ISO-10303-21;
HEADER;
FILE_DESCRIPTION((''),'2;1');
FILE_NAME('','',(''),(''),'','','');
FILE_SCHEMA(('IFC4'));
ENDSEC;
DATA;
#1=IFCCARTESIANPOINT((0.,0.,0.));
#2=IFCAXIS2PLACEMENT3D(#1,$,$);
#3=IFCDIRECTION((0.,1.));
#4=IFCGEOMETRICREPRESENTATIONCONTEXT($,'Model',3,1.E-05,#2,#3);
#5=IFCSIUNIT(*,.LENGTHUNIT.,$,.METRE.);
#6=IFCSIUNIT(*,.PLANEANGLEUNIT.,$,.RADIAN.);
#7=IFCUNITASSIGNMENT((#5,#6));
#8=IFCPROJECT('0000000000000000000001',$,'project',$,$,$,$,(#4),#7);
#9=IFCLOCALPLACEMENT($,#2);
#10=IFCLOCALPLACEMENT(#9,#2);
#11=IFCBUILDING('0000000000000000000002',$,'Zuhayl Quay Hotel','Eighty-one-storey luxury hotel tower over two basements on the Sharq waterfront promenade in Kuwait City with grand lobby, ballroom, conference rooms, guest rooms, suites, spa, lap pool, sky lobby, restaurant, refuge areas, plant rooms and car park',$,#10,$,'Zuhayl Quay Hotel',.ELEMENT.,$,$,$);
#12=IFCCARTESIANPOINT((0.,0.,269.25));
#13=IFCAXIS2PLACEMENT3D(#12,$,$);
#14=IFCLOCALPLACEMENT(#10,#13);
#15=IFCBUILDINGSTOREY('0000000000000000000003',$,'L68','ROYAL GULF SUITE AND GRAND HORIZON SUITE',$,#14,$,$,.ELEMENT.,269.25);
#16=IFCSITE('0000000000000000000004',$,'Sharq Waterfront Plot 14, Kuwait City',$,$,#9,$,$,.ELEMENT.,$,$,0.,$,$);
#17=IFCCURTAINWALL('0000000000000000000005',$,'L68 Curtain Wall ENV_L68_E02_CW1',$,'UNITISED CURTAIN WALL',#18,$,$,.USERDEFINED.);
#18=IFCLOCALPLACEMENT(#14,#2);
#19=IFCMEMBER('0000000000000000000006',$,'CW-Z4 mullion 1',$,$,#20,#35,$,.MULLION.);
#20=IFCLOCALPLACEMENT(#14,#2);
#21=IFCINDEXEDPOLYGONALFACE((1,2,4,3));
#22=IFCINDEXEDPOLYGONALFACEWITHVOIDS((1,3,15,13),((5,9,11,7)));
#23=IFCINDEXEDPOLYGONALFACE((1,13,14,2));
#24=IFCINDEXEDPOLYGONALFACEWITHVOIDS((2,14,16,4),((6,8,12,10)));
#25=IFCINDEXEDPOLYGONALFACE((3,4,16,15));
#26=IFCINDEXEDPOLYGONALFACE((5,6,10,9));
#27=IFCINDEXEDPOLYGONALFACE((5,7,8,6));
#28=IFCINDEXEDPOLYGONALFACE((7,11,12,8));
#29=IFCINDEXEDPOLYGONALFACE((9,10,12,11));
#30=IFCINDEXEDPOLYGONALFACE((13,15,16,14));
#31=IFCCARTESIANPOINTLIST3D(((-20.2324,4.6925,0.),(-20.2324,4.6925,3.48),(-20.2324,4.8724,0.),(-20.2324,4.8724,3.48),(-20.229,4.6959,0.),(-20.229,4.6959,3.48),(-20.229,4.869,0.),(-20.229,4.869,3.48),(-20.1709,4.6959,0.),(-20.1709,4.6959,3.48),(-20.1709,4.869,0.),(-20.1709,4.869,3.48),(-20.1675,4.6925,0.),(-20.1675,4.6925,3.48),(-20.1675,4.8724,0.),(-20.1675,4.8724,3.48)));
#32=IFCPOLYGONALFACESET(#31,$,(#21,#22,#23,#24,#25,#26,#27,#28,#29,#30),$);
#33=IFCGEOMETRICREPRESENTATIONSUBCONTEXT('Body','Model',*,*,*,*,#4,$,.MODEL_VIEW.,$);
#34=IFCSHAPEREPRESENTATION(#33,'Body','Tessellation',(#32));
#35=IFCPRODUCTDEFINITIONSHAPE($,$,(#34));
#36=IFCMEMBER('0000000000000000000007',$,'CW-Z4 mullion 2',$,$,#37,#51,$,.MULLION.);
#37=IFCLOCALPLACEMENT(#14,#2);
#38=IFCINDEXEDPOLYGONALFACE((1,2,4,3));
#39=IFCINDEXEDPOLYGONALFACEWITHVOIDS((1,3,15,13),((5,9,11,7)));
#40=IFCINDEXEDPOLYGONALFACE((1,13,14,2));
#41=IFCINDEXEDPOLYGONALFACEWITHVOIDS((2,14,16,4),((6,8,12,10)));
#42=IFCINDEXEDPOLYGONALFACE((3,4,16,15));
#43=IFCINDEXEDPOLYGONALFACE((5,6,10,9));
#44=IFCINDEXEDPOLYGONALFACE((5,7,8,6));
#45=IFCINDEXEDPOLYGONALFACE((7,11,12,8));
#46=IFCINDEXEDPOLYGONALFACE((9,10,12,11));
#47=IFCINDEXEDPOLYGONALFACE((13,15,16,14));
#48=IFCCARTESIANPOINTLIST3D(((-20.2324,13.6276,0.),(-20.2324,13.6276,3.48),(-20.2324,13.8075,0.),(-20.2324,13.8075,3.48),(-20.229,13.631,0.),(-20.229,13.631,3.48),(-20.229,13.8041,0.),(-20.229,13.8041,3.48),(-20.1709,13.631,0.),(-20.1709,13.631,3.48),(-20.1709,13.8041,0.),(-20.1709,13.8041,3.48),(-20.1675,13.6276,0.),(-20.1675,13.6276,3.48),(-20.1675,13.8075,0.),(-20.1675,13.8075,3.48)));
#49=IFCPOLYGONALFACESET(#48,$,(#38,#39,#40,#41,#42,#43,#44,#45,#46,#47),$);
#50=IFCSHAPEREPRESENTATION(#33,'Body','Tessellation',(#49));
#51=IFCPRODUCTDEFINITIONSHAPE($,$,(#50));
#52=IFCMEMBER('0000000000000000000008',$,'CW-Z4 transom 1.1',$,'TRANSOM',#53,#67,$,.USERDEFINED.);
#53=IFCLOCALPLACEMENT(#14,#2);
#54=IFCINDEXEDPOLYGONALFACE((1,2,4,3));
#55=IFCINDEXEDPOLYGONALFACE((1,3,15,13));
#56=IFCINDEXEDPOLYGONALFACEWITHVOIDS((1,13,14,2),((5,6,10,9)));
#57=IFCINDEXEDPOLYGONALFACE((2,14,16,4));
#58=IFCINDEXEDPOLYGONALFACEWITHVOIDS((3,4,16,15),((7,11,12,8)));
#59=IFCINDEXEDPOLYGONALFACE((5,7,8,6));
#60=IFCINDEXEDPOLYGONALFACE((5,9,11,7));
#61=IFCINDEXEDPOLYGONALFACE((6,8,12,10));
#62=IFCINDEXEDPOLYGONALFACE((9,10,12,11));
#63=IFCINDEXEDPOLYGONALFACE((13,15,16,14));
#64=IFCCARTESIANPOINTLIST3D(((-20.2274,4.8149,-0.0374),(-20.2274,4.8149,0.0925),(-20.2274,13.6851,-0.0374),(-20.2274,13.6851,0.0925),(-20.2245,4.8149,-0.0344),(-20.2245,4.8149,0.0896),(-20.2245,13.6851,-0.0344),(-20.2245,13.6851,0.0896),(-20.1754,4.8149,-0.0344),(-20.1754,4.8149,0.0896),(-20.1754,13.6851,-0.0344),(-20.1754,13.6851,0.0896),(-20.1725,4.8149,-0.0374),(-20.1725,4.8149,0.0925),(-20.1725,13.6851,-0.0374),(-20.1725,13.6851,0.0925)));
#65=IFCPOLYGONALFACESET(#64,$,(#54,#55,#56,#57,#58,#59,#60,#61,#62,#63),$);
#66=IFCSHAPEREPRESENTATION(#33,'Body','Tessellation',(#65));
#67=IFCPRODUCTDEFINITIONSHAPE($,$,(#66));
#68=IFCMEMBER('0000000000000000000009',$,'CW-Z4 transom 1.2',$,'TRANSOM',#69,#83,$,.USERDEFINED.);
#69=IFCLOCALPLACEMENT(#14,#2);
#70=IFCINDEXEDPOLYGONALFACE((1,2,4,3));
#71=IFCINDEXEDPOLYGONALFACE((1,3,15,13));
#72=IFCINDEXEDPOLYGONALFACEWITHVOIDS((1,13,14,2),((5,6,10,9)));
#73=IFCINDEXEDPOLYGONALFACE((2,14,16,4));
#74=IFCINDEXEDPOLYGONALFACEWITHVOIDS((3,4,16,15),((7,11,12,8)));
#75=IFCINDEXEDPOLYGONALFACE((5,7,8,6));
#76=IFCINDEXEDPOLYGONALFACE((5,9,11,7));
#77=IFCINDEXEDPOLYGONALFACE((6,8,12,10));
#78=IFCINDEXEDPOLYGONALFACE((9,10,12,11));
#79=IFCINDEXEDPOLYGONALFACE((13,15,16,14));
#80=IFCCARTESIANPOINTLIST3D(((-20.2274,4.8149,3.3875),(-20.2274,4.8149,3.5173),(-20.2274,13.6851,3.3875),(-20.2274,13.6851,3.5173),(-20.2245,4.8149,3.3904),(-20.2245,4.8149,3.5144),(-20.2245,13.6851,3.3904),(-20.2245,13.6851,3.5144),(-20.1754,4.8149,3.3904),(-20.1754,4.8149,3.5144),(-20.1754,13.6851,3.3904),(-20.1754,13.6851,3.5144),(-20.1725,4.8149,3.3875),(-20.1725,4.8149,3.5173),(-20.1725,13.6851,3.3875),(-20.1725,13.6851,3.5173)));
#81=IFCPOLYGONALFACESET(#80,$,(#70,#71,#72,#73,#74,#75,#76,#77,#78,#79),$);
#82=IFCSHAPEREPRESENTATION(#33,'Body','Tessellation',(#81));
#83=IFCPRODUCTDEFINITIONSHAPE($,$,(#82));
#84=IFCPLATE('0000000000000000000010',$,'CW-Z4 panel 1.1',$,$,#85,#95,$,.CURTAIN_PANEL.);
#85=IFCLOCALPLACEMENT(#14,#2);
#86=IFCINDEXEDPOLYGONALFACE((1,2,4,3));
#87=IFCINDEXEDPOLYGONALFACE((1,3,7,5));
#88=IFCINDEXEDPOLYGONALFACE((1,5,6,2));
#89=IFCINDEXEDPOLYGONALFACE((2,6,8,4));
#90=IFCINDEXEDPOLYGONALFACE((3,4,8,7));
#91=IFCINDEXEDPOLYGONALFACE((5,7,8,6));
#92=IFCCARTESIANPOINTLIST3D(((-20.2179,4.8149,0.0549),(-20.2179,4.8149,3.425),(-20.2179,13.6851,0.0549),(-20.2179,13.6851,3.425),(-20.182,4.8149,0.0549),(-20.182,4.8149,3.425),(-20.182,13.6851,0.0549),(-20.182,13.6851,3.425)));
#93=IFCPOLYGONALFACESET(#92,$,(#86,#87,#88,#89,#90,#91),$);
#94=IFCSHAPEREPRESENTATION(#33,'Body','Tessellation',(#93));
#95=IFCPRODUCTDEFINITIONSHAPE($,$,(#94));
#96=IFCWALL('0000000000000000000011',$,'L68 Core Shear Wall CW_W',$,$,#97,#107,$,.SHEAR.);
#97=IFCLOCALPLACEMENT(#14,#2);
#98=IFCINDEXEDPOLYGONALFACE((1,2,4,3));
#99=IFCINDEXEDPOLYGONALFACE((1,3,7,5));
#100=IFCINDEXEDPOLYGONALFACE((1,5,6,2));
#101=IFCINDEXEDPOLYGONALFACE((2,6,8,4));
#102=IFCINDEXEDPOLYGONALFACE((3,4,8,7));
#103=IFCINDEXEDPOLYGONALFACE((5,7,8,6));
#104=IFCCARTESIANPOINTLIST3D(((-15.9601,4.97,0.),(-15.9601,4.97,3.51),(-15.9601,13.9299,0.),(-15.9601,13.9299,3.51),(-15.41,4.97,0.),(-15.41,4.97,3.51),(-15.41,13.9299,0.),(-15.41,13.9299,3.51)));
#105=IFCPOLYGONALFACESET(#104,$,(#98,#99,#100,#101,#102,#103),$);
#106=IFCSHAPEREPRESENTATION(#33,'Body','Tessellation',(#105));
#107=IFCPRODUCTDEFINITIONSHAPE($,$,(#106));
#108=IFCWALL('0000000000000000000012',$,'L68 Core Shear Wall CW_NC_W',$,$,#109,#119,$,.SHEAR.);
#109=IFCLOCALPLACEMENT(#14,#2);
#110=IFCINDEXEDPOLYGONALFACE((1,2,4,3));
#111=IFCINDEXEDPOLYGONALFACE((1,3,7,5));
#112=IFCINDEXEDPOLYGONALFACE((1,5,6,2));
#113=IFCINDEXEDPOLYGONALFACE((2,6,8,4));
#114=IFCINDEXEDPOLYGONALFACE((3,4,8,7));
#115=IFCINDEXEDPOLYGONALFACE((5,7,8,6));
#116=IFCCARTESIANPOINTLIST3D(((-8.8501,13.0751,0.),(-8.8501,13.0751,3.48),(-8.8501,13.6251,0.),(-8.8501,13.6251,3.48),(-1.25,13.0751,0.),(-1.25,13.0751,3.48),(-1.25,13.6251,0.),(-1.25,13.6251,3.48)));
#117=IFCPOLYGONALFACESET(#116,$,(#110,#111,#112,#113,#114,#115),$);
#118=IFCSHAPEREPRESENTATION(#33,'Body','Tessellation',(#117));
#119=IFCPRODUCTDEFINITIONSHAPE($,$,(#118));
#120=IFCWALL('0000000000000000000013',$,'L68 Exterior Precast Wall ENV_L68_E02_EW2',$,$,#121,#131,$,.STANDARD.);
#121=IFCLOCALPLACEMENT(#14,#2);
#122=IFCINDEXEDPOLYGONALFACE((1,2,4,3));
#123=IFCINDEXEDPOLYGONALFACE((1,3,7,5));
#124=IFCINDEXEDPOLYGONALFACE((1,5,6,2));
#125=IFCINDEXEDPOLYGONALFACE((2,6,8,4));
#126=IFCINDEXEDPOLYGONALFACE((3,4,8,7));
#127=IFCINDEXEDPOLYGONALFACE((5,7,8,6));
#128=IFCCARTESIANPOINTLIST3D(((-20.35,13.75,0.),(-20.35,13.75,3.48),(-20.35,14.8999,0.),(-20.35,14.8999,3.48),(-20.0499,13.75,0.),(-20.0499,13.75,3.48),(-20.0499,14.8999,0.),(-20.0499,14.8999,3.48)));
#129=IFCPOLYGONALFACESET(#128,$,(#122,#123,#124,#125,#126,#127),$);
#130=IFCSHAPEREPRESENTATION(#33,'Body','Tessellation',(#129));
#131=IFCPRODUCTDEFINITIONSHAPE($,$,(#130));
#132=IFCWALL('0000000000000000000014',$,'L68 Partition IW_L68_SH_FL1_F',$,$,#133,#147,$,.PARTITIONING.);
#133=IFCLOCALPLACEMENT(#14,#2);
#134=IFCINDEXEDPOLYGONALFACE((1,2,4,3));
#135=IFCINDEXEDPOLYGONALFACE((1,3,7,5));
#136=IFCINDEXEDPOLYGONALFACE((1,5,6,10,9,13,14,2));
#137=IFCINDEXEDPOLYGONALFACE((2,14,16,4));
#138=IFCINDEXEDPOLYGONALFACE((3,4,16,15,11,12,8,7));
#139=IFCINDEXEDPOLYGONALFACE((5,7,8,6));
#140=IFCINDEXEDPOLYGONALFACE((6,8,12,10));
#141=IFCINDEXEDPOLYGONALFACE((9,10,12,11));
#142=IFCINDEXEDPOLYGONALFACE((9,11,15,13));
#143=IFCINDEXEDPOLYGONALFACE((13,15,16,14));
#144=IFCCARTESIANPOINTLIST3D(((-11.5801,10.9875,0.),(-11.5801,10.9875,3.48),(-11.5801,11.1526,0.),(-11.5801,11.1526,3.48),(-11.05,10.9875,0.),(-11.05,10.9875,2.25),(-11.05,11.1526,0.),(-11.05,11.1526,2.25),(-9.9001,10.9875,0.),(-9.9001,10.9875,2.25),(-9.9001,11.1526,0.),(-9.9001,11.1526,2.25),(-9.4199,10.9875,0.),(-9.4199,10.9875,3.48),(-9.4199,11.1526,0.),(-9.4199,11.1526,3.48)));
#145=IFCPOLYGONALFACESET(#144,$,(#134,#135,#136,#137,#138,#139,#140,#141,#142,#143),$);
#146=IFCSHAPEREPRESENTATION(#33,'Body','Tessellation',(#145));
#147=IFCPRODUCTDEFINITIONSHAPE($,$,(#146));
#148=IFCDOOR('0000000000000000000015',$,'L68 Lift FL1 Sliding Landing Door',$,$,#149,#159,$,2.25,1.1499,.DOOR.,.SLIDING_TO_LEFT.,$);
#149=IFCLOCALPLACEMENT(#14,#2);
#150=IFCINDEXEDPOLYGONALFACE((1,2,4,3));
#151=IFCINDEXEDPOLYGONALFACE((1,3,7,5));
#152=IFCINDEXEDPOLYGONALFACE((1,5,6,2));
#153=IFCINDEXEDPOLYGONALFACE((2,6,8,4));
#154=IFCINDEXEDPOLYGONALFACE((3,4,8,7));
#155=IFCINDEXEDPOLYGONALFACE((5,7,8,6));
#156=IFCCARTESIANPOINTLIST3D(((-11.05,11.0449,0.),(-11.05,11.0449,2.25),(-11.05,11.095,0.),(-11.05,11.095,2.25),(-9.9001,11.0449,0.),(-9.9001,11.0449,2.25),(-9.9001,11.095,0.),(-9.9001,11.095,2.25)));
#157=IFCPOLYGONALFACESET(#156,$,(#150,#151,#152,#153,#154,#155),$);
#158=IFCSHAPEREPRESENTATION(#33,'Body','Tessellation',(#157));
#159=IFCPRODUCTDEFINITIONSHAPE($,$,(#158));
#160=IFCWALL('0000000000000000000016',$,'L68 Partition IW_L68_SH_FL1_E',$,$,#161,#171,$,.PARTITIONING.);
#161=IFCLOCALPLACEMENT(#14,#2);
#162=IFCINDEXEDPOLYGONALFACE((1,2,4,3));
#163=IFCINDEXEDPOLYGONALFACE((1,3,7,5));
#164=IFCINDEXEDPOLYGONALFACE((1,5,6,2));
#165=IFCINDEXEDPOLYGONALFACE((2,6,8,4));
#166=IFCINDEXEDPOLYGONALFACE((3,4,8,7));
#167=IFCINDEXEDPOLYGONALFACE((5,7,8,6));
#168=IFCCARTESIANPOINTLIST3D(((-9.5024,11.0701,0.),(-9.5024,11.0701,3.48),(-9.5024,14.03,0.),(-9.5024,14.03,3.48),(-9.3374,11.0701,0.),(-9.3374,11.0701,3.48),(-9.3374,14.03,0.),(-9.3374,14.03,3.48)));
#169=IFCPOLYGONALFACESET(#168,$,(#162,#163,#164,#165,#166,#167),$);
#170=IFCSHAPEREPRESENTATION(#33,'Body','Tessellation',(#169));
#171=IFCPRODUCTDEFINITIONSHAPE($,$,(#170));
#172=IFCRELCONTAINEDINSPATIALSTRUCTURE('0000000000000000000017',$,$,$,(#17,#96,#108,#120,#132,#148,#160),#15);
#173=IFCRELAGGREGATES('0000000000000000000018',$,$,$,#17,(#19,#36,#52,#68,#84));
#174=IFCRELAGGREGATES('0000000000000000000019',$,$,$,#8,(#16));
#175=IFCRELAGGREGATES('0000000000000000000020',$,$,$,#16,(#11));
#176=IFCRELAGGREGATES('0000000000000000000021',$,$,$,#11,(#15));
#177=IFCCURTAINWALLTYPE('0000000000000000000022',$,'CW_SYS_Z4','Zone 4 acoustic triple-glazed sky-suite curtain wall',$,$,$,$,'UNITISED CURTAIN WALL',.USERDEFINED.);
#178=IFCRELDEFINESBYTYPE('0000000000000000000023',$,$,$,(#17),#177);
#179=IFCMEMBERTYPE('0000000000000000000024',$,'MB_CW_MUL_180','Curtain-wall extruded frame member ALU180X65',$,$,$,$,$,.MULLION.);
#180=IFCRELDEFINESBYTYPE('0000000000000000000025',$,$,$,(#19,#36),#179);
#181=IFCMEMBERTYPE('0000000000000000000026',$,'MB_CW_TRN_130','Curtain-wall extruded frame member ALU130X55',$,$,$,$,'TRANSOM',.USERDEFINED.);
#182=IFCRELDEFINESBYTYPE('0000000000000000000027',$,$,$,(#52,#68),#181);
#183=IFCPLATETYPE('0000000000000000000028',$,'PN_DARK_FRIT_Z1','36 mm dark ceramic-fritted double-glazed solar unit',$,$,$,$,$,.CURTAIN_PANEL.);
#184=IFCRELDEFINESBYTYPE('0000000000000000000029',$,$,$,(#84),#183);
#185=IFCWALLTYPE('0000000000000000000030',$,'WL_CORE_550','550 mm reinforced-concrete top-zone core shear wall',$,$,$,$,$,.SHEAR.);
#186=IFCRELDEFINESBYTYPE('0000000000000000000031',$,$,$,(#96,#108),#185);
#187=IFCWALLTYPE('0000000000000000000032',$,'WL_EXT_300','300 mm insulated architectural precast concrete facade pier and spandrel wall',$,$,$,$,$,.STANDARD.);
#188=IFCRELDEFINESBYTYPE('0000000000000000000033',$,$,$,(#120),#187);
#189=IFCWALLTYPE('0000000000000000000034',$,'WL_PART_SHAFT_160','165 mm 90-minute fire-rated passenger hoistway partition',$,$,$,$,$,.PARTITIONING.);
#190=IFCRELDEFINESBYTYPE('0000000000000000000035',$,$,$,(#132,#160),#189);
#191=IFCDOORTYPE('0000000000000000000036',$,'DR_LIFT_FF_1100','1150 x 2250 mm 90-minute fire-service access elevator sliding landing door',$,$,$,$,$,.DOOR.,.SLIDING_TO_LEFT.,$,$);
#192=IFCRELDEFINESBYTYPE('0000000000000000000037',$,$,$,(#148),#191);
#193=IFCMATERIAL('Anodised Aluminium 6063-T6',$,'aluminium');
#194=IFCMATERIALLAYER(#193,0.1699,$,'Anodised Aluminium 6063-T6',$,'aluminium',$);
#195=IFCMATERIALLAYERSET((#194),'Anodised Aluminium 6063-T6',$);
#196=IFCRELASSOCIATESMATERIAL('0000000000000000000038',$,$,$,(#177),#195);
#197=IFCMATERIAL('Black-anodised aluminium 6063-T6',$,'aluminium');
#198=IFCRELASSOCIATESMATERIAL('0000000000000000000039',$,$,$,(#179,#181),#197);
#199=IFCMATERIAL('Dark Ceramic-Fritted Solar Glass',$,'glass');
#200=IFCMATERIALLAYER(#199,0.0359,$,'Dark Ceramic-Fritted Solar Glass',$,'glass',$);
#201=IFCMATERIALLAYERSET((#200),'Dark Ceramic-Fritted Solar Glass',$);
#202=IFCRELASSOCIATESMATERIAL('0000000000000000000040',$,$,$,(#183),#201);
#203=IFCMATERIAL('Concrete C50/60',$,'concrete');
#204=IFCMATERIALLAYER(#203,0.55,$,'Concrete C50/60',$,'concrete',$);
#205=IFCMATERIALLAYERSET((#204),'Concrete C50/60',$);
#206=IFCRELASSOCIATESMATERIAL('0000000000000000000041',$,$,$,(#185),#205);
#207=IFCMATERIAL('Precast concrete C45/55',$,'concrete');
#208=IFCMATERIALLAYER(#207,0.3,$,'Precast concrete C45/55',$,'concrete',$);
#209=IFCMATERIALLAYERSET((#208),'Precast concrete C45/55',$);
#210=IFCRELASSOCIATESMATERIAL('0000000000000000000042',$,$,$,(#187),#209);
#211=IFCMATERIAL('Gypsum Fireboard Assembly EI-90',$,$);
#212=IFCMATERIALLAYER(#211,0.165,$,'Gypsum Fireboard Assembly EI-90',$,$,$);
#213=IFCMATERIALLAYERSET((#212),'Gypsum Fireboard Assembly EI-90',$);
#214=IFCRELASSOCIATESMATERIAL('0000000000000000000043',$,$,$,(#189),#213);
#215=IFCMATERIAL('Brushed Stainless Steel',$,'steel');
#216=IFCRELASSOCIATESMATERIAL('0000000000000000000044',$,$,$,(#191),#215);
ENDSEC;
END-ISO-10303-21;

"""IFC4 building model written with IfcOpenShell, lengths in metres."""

from ifc_helpers import new_model, si_unit, direction, frame, frame_2d, origin, origin_2d, place, context, subcontext, project, spatial, rectangle, hollow_rectangle, extrude, material, layer, layer_set, material_profile, profile_set, type_object, element, fill, aggregate, save


model = new_model("IFC4")

# Units and contexts
model_context = context("Model", 3, precision=1e-05, world=origin(), true_north=direction((0.0, 1.0)))
body_context = subcontext(model_context, "Body", "Model", "MODEL_VIEW")
ifc_project = project(units=[si_unit("LENGTHUNIT", "METRE"), si_unit("PLANEANGLEUNIT", "RADIAN")], contexts=[model_context])

# Site, building, storey
site_placement = place(None, origin())
site = spatial("IfcSite", under=ifc_project, at=site_placement, Name="Sharq Waterfront Plot 14, Kuwait City", CompositionType="ELEMENT", RefElevation=0.0)
building_placement = place(site_placement, origin())
building = spatial("IfcBuilding", under=site, at=building_placement, Name="Zuhayl Quay Hotel", Description="Eighty-one-storey luxury hotel tower over two basements on the Sharq waterfront promenade in Kuwait City with grand lobby, ballroom, conference rooms, guest rooms, suites, spa, lap pool, sky lobby, restaurant, refuge areas, plant rooms and car park", LongName="Zuhayl Quay Hotel", CompositionType="ELEMENT")
storey_placement = place(building_placement, frame((0.0, 0.0, 269.25)))
storey = spatial("IfcBuildingStorey", under=building, at=storey_placement, Name="L68", Description="ROYAL GULF SUITE AND GRAND HORIZON SUITE", CompositionType="ELEMENT", Elevation=269.25)

# Curtain wall, members, plate
ifc_material_1 = material(Name="Anodised Aluminium 6063-T6", Category="aluminium")
ifc_layer_1 = layer(ifc_material_1, 0.1699, Name="Anodised Aluminium 6063-T6", Category="aluminium")
ifc_layer_set_1 = layer_set([ifc_layer_1], Name="Anodised Aluminium 6063-T6")
curtain_wall_type = type_object("IfcCurtainWallType", Name="CW_SYS_Z4", Description="Zone 4 acoustic triple-glazed sky-suite curtain wall", ElementType="UNITISED CURTAIN WALL", PredefinedType="USERDEFINED", material=ifc_layer_set_1)
curtain_wall_placement = place(storey_placement, origin())
curtain_wall = element("IfcCurtainWall", 1, at=curtain_wall_placement, inside=storey, type_object=curtain_wall_type, Name="L68 Curtain Wall ENV_L68_E02_CW1", ObjectType="UNITISED CURTAIN WALL", PredefinedType="USERDEFINED")
ifc_material_2 = material(Name="Black-anodised aluminium 6063-T6", Category="aluminium")
ifc_material_profile_1 = material_profile(ifc_material_2, hollow_rectangle(XDim=0.0649, YDim=0.1799, WallThickness=0.0034, at=origin_2d()), Name="ALU180X65")
ifc_profile_set_1 = profile_set([ifc_material_profile_1], Name="Black-anodised aluminium 6063-T6")
member_type_1 = type_object("IfcMemberType", Name="MB_CW_MUL_180", Description="Curtain-wall extruded frame member ALU180X65", PredefinedType="MULLION", material=ifc_profile_set_1)
member_1_placement = place(storey_placement, frame((-20.2, 4.7825, 0.0), z_axis=(0.0, 0.0, 1.0), x_axis=(-1.0, 0.0, 0.0)))
member_1 = element("IfcMember", 2, at=member_1_placement, type_object=member_type_1, Name="CW-Z4 mullion 1", PredefinedType="MULLION", context=body_context, shape_type="SweptSolid", body=[
    extrude(hollow_rectangle(XDim=0.0649, YDim=0.1799, WallThickness=0.0034, at=origin_2d()), origin(), (0.0, 0.0, 1.0), 3.48),
])
member_2_placement = place(storey_placement, frame((-20.2, 13.7175, 0.0), z_axis=(0.0, 0.0, 1.0), x_axis=(-1.0, 0.0, 0.0)))
member_2 = element("IfcMember", 3, at=member_2_placement, type_object=member_type_1, Name="CW-Z4 mullion 2", PredefinedType="MULLION", context=body_context, shape_type="SweptSolid", body=[
    extrude(hollow_rectangle(XDim=0.0649, YDim=0.1799, WallThickness=0.0034, at=origin_2d()), origin(), (0.0, 0.0, 1.0), 3.48),
])
ifc_material_profile_2 = material_profile(ifc_material_2, hollow_rectangle(XDim=0.0549, YDim=0.1299, WallThickness=0.0029, at=origin_2d()), Name="ALU130X55")
ifc_profile_set_2 = profile_set([ifc_material_profile_2], Name="Black-anodised aluminium 6063-T6")
member_type_2 = type_object("IfcMemberType", Name="MB_CW_TRN_130", Description="Curtain-wall extruded frame member ALU130X55", ElementType="TRANSOM", PredefinedType="USERDEFINED", material=ifc_profile_set_2)
member_3_placement = place(storey_placement, frame((-20.2, 4.8149, 0.0276), z_axis=(0.0, 1.0, 0.0), x_axis=(-1.0, 0.0, 0.0)))
member_3 = element("IfcMember", 4, at=member_3_placement, type_object=member_type_2, Name="CW-Z4 transom 1.1", ObjectType="TRANSOM", PredefinedType="USERDEFINED", context=body_context, shape_type="SweptSolid", body=[
    extrude(hollow_rectangle(XDim=0.0549, YDim=0.1299, WallThickness=0.0029, at=origin_2d()), origin(), (0.0, 0.0, 1.0), 8.8701),
])
member_4_placement = place(storey_placement, frame((-20.2, 4.8149, 3.4524), z_axis=(0.0, 1.0, 0.0), x_axis=(-1.0, 0.0, 0.0)))
member_4 = element("IfcMember", 5, at=member_4_placement, type_object=member_type_2, Name="CW-Z4 transom 1.2", ObjectType="TRANSOM", PredefinedType="USERDEFINED", context=body_context, shape_type="SweptSolid", body=[
    extrude(hollow_rectangle(XDim=0.0549, YDim=0.1299, WallThickness=0.0029, at=origin_2d()), origin(), (0.0, 0.0, 1.0), 8.8701),
])
ifc_material_3 = material(Name="Dark Ceramic-Fritted Solar Glass", Category="glass")
ifc_layer_2 = layer(ifc_material_3, 0.0359, Name="Dark Ceramic-Fritted Solar Glass", Category="glass")
ifc_layer_set_2 = layer_set([ifc_layer_2], Name="Dark Ceramic-Fritted Solar Glass")
plate_type = type_object("IfcPlateType", Name="PN_DARK_FRIT_Z1", Description="36 mm dark ceramic-fritted double-glazed solar unit", PredefinedType="CURTAIN_PANEL", material=ifc_layer_set_2)
plate_placement = place(storey_placement, frame((-20.2, 9.25, 0.0549), z_axis=(0.0, 0.0, 1.0), x_axis=(0.0, 1.0, 0.0)))
plate = element("IfcPlate", 6, at=plate_placement, type_object=plate_type, Name="CW-Z4 panel 1.1", PredefinedType="CURTAIN_PANEL", context=body_context, shape_type="SweptSolid", body=[
    extrude(rectangle(XDim=8.8701, YDim=0.0359, at=origin_2d()), origin(), (0.0, 0.0, 1.0), 3.3701),
])
aggregate(curtain_wall, [member_1, member_2, member_3, member_4, plate])

# Walls
ifc_material_4 = material(Name="Concrete C50/60", Category="concrete")
ifc_layer_3 = layer(ifc_material_4, 0.55, Name="Concrete C50/60", Category="concrete")
ifc_layer_set_3 = layer_set([ifc_layer_3], Name="Concrete C50/60")
wall_type_1 = type_object("IfcWallType", Name="WL_CORE_550", Description="550 mm reinforced-concrete top-zone core shear wall", PredefinedType="SHEAR", material=ifc_layer_set_3)
wall_1_placement = place(storey_placement, frame((-15.6851, 4.97, 0.0), z_axis=(0.0, 0.0, 1.0), x_axis=(0.0, 1.0, 0.0)))
element("IfcWall", 7, at=wall_1_placement, inside=storey, type_object=wall_type_1, Name="L68 Core Shear Wall CW_W", PredefinedType="SHEAR", context=body_context, shape_type="SweptSolid", body=[
    extrude(rectangle(XDim=8.96, YDim=0.55, at=frame_2d((4.48, 0.0))), origin(), (0.0, 0.0, 1.0), 3.51),
])
wall_2_placement = place(storey_placement, frame((-8.8501, 13.3501, 0.0), z_axis=(0.0, 0.0, 1.0), x_axis=(1.0, 0.0, 0.0)))
element("IfcWall", 8, at=wall_2_placement, inside=storey, type_object=wall_type_1, Name="L68 Core Shear Wall CW_NC_W", PredefinedType="SHEAR", context=body_context, shape_type="SweptSolid", body=[
    extrude(rectangle(XDim=7.6001, YDim=0.55, at=frame_2d((3.8, 0.0))), origin(), (0.0, 0.0, 1.0), 3.48),
])
ifc_material_5 = material(Name="Precast concrete C45/55", Category="concrete")
ifc_layer_4 = layer(ifc_material_5, 0.3, Name="Precast concrete C45/55", Category="concrete")
ifc_layer_set_4 = layer_set([ifc_layer_4], Name="Precast concrete C45/55")
wall_type_2 = type_object("IfcWallType", Name="WL_EXT_300", Description="300 mm insulated architectural precast concrete facade pier and spandrel wall", PredefinedType="STANDARD", material=ifc_layer_set_4)
wall_3_placement = place(storey_placement, frame((-20.2, 13.75, 0.0), z_axis=(0.0, 0.0, 1.0), x_axis=(0.0, 1.0, 0.0)))
element("IfcWall", 9, at=wall_3_placement, inside=storey, type_object=wall_type_2, Name="L68 Exterior Precast Wall ENV_L68_E02_EW2", PredefinedType="STANDARD", context=body_context, shape_type="SweptSolid", body=[
    extrude(rectangle(XDim=1.1499, YDim=0.3, at=frame_2d((0.575, 0.0))), origin(), (0.0, 0.0, 1.0), 3.48),
])

# Wall, opening, door
ifc_material_6 = material(Name="Gypsum Fireboard Assembly EI-90")
ifc_layer_5 = layer(ifc_material_6, 0.165, Name="Gypsum Fireboard Assembly EI-90")
ifc_layer_set_5 = layer_set([ifc_layer_5], Name="Gypsum Fireboard Assembly EI-90")
wall_type_3 = type_object("IfcWallType", Name="WL_PART_SHAFT_160", Description="165 mm 90-minute fire-rated passenger hoistway partition", PredefinedType="PARTITIONING", material=ifc_layer_set_5)
wall_4_placement = place(storey_placement, frame((-11.5801, 11.0701, 0.0), z_axis=(0.0, 0.0, 1.0), x_axis=(1.0, 0.0, 0.0)))
wall_4 = element("IfcWall", 10, at=wall_4_placement, inside=storey, type_object=wall_type_3, Name="L68 Partition IW_L68_SH_FL1_F", PredefinedType="PARTITIONING", context=body_context, shape_type="SweptSolid", body=[
    extrude(rectangle(XDim=2.1602, YDim=0.165, at=frame_2d((1.0801, 0.0))), origin(), (0.0, 0.0, 1.0), 3.48),
])
opening_1_placement = place(wall_4_placement, frame((0.53, 0.0, 0.0)))
opening_1 = element("IfcOpeningElement", 11, at=opening_1_placement, cuts=wall_4, PredefinedType="OPENING", context=body_context, shape_type="SweptSolid", body=[
    extrude(rectangle(XDim=1.1499, YDim=2.25, at=frame_2d((0.575, 1.125))), frame((0.0, 0.0925, 0.0), z_axis=(0.0, -1.0, 0.0), x_axis=(1.0, 0.0, 0.0)), (0.0, 0.0, 1.0), 0.1851),
])
ifc_material_7 = material(Name="Brushed Stainless Steel", Category="steel")
door_type_1 = type_object("IfcDoorType", Name="DR_LIFT_FF_1100", Description="1150 x 2250 mm 90-minute fire-service access elevator sliding landing door", OperationType="SLIDING_TO_LEFT", PredefinedType="DOOR", material=ifc_material_7)
door_1_placement = place(opening_1_placement, origin())
door_1 = element("IfcDoor", 12, at=door_1_placement, inside=storey, type_object=door_type_1, Name="L68 Lift FL1 Sliding Landing Door", OperationType="SLIDING_TO_LEFT", OverallHeight=2.25, OverallWidth=1.1499, PredefinedType="DOOR", context=body_context, shape_type="SweptSolid", body=[
    extrude(rectangle(XDim=1.1499, YDim=2.25, at=frame_2d((0.575, 1.125))), frame((0.0, 0.0249, 0.0), z_axis=(0.0, -1.0, 0.0), x_axis=(1.0, 0.0, 0.0)), (0.0, 0.0, 1.0), 0.05),
])
fill(opening_1, door_1)

# Wall
wall_5_placement = place(storey_placement, frame((-9.4199, 11.0701, 0.0), z_axis=(0.0, 0.0, 1.0), x_axis=(0.0, 1.0, 0.0)))
element("IfcWall", 13, at=wall_5_placement, inside=storey, type_object=wall_type_3, Name="L68 Partition IW_L68_SH_FL1_E", PredefinedType="PARTITIONING", context=body_context, shape_type="SweptSolid", body=[
    extrude(rectangle(XDim=2.96, YDim=0.165, at=frame_2d((1.48, 0.0))), origin(), (0.0, 0.0, 1.0), 3.48),
])

save(model, "model.ifc")
